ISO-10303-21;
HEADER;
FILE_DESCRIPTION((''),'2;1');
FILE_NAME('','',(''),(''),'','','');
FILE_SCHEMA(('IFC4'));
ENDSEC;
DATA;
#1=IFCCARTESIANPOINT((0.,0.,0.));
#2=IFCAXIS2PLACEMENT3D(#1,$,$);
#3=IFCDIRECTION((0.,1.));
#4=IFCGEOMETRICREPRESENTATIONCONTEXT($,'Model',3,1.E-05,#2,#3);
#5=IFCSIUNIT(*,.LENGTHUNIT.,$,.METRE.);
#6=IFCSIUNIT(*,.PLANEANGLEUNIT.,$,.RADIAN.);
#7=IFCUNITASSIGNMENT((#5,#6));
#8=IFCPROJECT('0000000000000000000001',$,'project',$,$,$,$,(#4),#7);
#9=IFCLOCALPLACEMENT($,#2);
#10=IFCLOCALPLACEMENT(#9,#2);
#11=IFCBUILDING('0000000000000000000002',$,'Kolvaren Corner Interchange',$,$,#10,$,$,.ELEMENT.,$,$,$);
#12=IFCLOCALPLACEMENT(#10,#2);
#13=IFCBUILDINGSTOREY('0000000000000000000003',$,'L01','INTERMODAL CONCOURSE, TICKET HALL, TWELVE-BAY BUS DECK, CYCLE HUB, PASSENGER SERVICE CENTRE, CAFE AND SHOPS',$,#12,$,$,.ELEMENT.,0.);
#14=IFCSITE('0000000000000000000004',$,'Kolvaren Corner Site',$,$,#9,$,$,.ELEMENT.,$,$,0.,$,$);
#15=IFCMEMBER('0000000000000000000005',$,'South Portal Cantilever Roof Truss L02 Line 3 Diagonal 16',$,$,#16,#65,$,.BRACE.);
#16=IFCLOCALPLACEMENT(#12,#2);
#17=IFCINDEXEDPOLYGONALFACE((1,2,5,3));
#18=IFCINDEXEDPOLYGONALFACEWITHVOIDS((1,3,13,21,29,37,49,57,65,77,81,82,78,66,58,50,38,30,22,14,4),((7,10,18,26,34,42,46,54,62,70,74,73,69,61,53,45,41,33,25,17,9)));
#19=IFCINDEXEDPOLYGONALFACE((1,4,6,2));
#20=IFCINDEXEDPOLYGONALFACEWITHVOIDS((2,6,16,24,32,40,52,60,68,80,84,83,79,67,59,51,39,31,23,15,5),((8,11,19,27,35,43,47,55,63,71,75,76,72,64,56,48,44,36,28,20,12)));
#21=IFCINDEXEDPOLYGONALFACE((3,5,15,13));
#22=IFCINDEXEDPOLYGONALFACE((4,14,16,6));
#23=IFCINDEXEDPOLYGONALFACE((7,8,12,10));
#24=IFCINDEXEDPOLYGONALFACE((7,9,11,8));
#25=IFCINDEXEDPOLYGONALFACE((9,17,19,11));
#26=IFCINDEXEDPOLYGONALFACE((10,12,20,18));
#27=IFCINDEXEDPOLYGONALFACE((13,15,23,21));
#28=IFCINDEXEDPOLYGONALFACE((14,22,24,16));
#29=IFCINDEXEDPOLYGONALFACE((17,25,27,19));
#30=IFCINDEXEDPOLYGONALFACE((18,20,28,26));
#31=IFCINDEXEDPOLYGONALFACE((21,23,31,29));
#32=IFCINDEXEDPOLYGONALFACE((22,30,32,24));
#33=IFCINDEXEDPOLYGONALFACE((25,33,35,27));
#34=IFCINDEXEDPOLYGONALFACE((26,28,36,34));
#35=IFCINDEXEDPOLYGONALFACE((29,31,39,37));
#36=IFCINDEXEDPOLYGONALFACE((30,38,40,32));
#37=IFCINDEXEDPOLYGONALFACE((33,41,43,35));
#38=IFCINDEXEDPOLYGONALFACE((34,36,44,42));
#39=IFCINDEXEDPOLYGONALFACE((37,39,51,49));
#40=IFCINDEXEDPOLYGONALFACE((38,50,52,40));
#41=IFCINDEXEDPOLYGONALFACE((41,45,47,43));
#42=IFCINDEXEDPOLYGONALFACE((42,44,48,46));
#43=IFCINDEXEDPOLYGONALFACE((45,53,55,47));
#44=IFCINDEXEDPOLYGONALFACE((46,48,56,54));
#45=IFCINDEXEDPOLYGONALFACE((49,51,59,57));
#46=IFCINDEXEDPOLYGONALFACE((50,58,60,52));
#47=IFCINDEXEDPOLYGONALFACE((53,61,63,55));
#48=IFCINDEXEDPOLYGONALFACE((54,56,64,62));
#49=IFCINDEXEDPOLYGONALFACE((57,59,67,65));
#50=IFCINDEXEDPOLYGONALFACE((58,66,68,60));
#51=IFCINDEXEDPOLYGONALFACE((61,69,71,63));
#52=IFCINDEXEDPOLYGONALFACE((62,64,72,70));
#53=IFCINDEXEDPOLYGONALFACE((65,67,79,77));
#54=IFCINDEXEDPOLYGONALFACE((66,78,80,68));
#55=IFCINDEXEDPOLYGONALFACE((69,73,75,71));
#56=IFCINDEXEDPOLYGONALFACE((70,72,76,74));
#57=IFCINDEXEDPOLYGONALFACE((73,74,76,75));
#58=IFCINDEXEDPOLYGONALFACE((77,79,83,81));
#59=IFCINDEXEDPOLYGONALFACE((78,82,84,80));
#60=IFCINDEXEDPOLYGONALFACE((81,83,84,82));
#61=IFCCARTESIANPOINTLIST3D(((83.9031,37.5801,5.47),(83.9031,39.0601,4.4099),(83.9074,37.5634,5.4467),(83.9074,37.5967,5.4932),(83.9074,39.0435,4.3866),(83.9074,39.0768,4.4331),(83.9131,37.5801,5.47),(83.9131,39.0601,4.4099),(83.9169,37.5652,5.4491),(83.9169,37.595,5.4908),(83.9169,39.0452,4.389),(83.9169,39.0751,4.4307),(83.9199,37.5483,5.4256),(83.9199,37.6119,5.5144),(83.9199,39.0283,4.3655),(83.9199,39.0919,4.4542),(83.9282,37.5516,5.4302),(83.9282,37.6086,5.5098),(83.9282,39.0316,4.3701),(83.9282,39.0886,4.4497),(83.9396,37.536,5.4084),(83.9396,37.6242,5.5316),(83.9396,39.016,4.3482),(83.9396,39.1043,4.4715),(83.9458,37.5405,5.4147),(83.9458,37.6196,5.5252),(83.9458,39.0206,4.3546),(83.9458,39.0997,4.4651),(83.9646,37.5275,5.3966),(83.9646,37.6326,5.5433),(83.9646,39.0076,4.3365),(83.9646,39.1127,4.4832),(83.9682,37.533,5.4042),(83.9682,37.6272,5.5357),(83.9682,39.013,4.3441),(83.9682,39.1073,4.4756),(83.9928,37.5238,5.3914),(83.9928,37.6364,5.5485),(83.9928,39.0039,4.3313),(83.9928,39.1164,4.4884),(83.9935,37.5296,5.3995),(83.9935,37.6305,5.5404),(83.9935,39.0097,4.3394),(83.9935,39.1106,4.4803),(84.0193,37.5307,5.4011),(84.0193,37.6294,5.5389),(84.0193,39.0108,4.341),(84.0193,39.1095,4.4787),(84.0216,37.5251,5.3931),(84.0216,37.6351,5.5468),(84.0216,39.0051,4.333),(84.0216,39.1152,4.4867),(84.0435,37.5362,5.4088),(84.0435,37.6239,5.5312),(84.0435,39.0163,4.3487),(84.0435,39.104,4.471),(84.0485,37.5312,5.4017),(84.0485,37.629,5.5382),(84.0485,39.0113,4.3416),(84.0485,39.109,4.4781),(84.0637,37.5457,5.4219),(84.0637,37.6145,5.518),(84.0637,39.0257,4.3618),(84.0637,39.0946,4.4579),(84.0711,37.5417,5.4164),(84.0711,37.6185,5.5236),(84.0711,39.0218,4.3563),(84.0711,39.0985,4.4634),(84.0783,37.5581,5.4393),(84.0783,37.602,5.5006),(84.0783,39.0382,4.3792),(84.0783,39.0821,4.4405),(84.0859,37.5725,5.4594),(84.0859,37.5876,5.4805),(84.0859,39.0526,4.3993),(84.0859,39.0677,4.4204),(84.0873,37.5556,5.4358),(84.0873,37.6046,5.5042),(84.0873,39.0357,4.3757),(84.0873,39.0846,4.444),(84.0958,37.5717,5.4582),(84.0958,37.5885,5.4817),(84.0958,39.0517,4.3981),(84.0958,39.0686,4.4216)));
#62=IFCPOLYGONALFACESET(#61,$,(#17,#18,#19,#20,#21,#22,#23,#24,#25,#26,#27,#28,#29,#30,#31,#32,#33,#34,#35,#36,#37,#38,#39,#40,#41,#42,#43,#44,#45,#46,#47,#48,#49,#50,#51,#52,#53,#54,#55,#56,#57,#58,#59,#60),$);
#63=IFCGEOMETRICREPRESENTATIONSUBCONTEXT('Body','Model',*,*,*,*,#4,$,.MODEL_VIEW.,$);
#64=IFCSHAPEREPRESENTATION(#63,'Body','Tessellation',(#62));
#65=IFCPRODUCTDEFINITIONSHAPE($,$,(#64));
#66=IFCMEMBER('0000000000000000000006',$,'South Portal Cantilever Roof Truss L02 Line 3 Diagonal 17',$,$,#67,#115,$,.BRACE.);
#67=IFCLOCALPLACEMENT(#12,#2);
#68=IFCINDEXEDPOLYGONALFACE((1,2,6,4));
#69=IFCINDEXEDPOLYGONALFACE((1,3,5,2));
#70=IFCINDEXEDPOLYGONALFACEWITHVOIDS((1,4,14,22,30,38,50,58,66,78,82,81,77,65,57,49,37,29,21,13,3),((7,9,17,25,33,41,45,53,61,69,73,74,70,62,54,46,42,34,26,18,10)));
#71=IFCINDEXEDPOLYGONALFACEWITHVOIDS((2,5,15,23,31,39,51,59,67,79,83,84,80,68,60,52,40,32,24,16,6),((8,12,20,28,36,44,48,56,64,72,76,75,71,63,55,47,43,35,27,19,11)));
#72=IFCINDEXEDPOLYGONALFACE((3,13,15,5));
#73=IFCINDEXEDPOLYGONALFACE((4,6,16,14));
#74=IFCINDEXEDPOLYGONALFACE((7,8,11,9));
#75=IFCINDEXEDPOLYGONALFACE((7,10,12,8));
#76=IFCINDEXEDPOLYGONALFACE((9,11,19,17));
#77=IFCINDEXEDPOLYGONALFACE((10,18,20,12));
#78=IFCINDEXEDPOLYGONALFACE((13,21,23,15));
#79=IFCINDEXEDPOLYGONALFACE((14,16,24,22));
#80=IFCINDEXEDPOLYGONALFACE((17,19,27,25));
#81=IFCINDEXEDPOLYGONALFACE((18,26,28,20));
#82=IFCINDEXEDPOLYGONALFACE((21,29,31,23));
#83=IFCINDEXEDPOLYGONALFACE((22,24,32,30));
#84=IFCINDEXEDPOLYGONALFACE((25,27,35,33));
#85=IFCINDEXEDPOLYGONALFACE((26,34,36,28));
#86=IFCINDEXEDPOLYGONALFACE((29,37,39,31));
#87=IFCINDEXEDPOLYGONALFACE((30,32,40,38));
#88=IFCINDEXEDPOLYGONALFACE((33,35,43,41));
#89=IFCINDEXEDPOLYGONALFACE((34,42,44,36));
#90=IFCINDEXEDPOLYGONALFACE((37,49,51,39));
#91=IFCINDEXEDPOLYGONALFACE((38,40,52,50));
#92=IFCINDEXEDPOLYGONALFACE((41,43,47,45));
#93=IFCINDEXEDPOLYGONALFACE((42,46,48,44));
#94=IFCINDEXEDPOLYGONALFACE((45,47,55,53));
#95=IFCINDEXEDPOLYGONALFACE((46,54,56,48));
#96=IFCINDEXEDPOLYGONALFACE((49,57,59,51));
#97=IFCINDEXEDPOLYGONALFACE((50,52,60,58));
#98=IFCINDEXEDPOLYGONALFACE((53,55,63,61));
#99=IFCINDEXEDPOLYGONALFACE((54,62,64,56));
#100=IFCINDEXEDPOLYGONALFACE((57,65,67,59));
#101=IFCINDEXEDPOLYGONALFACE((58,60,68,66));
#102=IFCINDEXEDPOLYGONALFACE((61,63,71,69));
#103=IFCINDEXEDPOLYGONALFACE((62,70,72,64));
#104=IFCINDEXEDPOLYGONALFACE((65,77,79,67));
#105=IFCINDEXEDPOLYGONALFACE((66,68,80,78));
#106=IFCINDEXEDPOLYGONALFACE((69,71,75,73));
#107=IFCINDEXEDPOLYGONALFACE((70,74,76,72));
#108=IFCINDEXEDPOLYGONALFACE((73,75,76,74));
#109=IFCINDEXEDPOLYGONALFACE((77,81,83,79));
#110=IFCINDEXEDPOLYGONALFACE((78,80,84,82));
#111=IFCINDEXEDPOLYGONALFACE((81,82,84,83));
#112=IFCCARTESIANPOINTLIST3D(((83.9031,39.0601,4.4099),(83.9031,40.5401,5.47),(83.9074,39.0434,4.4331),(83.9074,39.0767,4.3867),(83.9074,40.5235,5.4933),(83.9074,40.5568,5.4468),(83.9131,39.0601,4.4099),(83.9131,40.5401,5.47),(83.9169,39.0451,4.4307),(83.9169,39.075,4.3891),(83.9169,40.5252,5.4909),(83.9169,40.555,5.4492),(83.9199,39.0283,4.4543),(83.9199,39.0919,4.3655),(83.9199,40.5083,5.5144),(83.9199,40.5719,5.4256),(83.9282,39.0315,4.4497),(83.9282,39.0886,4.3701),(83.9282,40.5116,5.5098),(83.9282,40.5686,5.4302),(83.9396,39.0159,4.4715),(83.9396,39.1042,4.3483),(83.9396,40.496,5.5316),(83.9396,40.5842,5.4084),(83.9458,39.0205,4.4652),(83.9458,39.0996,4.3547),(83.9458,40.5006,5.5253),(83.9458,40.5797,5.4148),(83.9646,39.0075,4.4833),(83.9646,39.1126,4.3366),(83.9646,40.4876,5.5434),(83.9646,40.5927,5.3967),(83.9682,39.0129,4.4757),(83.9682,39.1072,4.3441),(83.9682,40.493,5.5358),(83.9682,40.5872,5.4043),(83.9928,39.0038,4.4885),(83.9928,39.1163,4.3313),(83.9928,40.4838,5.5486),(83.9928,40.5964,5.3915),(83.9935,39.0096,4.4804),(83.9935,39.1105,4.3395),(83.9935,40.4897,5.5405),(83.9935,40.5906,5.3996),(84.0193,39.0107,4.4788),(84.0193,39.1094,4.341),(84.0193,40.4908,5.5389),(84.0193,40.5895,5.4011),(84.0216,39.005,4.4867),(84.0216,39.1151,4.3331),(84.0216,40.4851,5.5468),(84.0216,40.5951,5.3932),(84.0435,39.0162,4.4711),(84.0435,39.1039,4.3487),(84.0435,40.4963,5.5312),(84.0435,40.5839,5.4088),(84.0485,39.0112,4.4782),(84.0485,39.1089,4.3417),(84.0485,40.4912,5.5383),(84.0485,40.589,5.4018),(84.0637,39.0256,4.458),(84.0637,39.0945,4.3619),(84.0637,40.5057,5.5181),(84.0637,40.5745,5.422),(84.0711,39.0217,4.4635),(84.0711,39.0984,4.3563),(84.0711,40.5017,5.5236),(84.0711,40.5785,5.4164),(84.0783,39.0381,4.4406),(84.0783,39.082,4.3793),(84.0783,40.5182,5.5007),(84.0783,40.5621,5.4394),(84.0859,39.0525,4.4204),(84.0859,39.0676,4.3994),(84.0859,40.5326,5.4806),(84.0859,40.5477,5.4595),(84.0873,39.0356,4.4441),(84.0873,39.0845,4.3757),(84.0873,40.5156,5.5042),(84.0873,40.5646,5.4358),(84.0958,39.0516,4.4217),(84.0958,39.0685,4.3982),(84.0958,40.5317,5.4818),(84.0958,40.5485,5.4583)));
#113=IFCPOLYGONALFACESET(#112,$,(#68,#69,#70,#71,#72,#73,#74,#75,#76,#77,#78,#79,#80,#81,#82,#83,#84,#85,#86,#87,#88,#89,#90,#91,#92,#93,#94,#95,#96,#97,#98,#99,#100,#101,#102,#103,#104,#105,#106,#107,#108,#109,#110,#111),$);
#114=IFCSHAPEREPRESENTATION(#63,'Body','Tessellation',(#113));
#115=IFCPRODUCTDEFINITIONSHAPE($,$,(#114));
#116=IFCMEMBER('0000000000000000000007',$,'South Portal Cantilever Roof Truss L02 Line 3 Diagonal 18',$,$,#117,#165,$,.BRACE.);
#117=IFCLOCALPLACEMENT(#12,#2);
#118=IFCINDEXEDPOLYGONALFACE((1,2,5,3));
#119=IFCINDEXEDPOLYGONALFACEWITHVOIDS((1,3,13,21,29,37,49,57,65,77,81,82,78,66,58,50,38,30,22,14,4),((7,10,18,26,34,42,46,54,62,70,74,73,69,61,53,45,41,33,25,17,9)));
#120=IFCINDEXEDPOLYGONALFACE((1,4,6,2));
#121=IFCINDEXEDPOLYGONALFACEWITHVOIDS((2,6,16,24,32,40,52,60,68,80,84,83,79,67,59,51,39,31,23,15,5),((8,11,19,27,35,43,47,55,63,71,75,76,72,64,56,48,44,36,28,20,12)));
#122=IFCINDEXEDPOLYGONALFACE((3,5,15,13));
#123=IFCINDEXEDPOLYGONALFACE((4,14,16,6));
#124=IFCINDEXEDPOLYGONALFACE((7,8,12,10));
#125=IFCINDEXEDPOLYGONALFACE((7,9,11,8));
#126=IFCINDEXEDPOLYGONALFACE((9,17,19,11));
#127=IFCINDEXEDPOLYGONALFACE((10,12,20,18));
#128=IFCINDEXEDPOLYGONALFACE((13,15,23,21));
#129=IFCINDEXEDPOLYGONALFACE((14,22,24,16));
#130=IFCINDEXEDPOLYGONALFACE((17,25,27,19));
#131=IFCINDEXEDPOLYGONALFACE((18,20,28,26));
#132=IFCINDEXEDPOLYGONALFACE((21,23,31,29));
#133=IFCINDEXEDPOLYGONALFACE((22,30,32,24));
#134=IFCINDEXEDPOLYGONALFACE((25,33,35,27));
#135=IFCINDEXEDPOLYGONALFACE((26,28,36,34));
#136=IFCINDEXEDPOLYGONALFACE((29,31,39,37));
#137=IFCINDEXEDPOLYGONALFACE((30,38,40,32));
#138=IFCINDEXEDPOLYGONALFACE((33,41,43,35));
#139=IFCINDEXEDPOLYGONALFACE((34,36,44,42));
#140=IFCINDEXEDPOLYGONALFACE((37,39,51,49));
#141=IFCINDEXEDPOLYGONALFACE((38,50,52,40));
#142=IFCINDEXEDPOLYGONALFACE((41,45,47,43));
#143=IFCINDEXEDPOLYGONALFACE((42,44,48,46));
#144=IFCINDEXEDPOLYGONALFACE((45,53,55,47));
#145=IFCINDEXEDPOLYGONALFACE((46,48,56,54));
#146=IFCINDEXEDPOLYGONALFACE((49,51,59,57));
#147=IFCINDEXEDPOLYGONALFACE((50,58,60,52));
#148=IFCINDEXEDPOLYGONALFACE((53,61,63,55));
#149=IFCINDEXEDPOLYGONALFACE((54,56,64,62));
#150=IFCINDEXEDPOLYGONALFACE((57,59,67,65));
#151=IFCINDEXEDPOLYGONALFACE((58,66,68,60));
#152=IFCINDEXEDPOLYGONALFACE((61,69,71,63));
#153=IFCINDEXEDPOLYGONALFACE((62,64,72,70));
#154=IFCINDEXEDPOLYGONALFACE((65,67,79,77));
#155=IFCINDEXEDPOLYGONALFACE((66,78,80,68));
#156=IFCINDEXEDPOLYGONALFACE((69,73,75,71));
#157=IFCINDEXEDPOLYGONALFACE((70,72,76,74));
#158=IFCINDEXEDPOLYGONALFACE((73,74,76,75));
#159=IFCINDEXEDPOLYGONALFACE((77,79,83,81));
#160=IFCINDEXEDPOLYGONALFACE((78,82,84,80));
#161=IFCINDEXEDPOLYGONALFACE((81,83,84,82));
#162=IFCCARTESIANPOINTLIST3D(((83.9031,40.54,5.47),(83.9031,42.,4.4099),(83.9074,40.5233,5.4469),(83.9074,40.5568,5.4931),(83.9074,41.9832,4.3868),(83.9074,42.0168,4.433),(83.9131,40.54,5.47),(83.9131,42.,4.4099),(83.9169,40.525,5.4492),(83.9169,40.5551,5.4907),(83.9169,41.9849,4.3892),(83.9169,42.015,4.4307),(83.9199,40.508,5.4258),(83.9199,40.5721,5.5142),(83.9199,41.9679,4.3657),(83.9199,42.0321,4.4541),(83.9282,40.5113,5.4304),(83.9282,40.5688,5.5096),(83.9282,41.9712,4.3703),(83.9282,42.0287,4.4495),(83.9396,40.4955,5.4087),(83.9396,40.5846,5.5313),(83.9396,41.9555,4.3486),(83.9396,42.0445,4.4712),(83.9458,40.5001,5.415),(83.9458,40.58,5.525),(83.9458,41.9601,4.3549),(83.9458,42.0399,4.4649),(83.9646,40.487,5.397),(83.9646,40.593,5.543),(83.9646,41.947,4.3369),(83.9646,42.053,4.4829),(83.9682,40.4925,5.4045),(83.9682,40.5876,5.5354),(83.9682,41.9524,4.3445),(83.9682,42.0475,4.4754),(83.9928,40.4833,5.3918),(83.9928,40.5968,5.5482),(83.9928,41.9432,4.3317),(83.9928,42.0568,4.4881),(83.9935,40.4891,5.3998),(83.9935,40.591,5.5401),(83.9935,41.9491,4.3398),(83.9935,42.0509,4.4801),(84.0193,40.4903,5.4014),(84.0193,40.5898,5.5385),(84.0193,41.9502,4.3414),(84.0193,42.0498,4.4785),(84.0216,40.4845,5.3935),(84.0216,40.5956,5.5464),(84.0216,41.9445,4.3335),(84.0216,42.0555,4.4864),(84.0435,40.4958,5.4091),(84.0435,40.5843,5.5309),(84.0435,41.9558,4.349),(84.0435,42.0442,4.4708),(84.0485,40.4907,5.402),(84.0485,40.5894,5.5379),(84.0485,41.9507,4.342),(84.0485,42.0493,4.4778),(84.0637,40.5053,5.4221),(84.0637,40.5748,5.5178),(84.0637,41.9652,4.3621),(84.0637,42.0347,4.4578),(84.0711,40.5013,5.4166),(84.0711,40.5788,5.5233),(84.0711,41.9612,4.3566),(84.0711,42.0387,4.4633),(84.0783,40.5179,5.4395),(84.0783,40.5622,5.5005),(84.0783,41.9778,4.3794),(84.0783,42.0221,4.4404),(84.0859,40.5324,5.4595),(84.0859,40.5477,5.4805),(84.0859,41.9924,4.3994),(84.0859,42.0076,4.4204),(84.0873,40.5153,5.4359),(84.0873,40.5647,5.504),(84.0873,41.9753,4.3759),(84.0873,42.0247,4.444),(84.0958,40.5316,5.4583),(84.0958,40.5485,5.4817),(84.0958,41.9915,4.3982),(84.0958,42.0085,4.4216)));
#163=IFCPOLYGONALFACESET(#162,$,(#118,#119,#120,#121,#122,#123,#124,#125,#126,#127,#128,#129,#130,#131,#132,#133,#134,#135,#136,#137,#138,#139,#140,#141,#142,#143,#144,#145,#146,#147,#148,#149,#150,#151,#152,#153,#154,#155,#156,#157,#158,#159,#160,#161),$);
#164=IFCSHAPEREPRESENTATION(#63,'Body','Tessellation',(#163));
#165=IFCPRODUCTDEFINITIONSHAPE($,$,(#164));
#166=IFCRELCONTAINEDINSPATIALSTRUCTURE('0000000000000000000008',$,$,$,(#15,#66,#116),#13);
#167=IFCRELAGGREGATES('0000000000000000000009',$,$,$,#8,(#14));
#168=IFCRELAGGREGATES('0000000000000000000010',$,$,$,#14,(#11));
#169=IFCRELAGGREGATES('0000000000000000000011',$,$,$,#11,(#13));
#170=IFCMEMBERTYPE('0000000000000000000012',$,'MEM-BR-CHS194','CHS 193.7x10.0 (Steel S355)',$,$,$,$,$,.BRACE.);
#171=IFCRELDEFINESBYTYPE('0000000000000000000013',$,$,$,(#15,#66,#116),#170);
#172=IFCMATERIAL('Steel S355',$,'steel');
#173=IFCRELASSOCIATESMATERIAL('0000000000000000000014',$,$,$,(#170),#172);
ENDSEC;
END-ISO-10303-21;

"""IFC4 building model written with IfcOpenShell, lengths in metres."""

from ifc_helpers import new_model, si_unit, direction, frame, origin, origin_2d, place, context, subcontext, project, spatial, hollow_circle, extrude, material, material_profile, profile_set, type_object, element, save


model = new_model("IFC4")

# Units and contexts
model_context = context("Model", 3, precision=1e-05, world=origin(), true_north=direction((0.0, 1.0)))
body_context = subcontext(model_context, "Body", "Model", "MODEL_VIEW")
ifc_project = project(units=[si_unit("LENGTHUNIT", "METRE"), si_unit("PLANEANGLEUNIT", "RADIAN")], contexts=[model_context])

# Site, building, storey
site_placement = place(None, origin())
site = spatial("IfcSite", under=ifc_project, at=site_placement, Name="Kolvaren Corner Site", CompositionType="ELEMENT", RefElevation=0.0)
building_placement = place(site_placement, origin())
building = spatial("IfcBuilding", under=site, at=building_placement, Name="Kolvaren Corner Interchange", CompositionType="ELEMENT")
storey_placement = place(building_placement, origin())
storey = spatial("IfcBuildingStorey", under=building, at=storey_placement, Name="L01", Description="INTERMODAL CONCOURSE, TICKET HALL, TWELVE-BAY BUS DECK, CYCLE HUB, PASSENGER SERVICE CENTRE, CAFE AND SHOPS", CompositionType="ELEMENT", Elevation=0.0)

# Members
ifc_material_1 = material(Name="Steel S355", Category="steel")
ifc_material_profile_1 = material_profile(ifc_material_1, hollow_circle(Radius=0.0969, WallThickness=0.01, at=origin_2d()), Name="CHS 193.7x10.0")
ifc_profile_set_1 = profile_set([ifc_material_profile_1], Name="Steel S355")
member_type_1 = type_object("IfcMemberType", Name="MEM-BR-CHS194", Description="CHS 193.7x10.0 (Steel S355)", PredefinedType="BRACE", material=ifc_profile_set_1)
for number, where, z_axis, x_axis, name in (
    (1, (84.0, 37.5801, 5.47), (0.0, 0.812972, -0.582303), (-1.0, 0.0, 0.0), "South Portal Cantilever Roof Truss L02 Line 3 Diagonal 16"),
    (2, (84.0, 39.0601, 4.4099), (0.0, 0.812972, 0.582303), (-1.0, 0.0, 0.0), "South Portal Cantilever Roof Truss L02 Line 3 Diagonal 17"),
):
    element("IfcMember", number, at=place(storey_placement, frame(where, z_axis=z_axis, x_axis=x_axis)), inside=storey, type_object=member_type_1, Name=name, PredefinedType="BRACE", context=body_context, shape_type="SweptSolid", body=[
        extrude(hollow_circle(Radius=0.0969, WallThickness=0.01, at=origin_2d()), origin(), (0.0, 0.0, 1.0), 1.8206),
    ])
member_1_placement = place(storey_placement, frame((84.0, 40.54, 5.47), z_axis=(0.0, 0.809192, -0.587544), x_axis=(-1.0, 0.0, 0.0)))
element("IfcMember", 3, at=member_1_placement, inside=storey, type_object=member_type_1, Name="South Portal Cantilever Roof Truss L02 Line 3 Diagonal 18", PredefinedType="BRACE", context=body_context, shape_type="SweptSolid", body=[
    extrude(hollow_circle(Radius=0.0969, WallThickness=0.01, at=origin_2d()), origin(), (0.0, 0.0, 1.0), 1.8042),
])

save(model, "model.ifc")
